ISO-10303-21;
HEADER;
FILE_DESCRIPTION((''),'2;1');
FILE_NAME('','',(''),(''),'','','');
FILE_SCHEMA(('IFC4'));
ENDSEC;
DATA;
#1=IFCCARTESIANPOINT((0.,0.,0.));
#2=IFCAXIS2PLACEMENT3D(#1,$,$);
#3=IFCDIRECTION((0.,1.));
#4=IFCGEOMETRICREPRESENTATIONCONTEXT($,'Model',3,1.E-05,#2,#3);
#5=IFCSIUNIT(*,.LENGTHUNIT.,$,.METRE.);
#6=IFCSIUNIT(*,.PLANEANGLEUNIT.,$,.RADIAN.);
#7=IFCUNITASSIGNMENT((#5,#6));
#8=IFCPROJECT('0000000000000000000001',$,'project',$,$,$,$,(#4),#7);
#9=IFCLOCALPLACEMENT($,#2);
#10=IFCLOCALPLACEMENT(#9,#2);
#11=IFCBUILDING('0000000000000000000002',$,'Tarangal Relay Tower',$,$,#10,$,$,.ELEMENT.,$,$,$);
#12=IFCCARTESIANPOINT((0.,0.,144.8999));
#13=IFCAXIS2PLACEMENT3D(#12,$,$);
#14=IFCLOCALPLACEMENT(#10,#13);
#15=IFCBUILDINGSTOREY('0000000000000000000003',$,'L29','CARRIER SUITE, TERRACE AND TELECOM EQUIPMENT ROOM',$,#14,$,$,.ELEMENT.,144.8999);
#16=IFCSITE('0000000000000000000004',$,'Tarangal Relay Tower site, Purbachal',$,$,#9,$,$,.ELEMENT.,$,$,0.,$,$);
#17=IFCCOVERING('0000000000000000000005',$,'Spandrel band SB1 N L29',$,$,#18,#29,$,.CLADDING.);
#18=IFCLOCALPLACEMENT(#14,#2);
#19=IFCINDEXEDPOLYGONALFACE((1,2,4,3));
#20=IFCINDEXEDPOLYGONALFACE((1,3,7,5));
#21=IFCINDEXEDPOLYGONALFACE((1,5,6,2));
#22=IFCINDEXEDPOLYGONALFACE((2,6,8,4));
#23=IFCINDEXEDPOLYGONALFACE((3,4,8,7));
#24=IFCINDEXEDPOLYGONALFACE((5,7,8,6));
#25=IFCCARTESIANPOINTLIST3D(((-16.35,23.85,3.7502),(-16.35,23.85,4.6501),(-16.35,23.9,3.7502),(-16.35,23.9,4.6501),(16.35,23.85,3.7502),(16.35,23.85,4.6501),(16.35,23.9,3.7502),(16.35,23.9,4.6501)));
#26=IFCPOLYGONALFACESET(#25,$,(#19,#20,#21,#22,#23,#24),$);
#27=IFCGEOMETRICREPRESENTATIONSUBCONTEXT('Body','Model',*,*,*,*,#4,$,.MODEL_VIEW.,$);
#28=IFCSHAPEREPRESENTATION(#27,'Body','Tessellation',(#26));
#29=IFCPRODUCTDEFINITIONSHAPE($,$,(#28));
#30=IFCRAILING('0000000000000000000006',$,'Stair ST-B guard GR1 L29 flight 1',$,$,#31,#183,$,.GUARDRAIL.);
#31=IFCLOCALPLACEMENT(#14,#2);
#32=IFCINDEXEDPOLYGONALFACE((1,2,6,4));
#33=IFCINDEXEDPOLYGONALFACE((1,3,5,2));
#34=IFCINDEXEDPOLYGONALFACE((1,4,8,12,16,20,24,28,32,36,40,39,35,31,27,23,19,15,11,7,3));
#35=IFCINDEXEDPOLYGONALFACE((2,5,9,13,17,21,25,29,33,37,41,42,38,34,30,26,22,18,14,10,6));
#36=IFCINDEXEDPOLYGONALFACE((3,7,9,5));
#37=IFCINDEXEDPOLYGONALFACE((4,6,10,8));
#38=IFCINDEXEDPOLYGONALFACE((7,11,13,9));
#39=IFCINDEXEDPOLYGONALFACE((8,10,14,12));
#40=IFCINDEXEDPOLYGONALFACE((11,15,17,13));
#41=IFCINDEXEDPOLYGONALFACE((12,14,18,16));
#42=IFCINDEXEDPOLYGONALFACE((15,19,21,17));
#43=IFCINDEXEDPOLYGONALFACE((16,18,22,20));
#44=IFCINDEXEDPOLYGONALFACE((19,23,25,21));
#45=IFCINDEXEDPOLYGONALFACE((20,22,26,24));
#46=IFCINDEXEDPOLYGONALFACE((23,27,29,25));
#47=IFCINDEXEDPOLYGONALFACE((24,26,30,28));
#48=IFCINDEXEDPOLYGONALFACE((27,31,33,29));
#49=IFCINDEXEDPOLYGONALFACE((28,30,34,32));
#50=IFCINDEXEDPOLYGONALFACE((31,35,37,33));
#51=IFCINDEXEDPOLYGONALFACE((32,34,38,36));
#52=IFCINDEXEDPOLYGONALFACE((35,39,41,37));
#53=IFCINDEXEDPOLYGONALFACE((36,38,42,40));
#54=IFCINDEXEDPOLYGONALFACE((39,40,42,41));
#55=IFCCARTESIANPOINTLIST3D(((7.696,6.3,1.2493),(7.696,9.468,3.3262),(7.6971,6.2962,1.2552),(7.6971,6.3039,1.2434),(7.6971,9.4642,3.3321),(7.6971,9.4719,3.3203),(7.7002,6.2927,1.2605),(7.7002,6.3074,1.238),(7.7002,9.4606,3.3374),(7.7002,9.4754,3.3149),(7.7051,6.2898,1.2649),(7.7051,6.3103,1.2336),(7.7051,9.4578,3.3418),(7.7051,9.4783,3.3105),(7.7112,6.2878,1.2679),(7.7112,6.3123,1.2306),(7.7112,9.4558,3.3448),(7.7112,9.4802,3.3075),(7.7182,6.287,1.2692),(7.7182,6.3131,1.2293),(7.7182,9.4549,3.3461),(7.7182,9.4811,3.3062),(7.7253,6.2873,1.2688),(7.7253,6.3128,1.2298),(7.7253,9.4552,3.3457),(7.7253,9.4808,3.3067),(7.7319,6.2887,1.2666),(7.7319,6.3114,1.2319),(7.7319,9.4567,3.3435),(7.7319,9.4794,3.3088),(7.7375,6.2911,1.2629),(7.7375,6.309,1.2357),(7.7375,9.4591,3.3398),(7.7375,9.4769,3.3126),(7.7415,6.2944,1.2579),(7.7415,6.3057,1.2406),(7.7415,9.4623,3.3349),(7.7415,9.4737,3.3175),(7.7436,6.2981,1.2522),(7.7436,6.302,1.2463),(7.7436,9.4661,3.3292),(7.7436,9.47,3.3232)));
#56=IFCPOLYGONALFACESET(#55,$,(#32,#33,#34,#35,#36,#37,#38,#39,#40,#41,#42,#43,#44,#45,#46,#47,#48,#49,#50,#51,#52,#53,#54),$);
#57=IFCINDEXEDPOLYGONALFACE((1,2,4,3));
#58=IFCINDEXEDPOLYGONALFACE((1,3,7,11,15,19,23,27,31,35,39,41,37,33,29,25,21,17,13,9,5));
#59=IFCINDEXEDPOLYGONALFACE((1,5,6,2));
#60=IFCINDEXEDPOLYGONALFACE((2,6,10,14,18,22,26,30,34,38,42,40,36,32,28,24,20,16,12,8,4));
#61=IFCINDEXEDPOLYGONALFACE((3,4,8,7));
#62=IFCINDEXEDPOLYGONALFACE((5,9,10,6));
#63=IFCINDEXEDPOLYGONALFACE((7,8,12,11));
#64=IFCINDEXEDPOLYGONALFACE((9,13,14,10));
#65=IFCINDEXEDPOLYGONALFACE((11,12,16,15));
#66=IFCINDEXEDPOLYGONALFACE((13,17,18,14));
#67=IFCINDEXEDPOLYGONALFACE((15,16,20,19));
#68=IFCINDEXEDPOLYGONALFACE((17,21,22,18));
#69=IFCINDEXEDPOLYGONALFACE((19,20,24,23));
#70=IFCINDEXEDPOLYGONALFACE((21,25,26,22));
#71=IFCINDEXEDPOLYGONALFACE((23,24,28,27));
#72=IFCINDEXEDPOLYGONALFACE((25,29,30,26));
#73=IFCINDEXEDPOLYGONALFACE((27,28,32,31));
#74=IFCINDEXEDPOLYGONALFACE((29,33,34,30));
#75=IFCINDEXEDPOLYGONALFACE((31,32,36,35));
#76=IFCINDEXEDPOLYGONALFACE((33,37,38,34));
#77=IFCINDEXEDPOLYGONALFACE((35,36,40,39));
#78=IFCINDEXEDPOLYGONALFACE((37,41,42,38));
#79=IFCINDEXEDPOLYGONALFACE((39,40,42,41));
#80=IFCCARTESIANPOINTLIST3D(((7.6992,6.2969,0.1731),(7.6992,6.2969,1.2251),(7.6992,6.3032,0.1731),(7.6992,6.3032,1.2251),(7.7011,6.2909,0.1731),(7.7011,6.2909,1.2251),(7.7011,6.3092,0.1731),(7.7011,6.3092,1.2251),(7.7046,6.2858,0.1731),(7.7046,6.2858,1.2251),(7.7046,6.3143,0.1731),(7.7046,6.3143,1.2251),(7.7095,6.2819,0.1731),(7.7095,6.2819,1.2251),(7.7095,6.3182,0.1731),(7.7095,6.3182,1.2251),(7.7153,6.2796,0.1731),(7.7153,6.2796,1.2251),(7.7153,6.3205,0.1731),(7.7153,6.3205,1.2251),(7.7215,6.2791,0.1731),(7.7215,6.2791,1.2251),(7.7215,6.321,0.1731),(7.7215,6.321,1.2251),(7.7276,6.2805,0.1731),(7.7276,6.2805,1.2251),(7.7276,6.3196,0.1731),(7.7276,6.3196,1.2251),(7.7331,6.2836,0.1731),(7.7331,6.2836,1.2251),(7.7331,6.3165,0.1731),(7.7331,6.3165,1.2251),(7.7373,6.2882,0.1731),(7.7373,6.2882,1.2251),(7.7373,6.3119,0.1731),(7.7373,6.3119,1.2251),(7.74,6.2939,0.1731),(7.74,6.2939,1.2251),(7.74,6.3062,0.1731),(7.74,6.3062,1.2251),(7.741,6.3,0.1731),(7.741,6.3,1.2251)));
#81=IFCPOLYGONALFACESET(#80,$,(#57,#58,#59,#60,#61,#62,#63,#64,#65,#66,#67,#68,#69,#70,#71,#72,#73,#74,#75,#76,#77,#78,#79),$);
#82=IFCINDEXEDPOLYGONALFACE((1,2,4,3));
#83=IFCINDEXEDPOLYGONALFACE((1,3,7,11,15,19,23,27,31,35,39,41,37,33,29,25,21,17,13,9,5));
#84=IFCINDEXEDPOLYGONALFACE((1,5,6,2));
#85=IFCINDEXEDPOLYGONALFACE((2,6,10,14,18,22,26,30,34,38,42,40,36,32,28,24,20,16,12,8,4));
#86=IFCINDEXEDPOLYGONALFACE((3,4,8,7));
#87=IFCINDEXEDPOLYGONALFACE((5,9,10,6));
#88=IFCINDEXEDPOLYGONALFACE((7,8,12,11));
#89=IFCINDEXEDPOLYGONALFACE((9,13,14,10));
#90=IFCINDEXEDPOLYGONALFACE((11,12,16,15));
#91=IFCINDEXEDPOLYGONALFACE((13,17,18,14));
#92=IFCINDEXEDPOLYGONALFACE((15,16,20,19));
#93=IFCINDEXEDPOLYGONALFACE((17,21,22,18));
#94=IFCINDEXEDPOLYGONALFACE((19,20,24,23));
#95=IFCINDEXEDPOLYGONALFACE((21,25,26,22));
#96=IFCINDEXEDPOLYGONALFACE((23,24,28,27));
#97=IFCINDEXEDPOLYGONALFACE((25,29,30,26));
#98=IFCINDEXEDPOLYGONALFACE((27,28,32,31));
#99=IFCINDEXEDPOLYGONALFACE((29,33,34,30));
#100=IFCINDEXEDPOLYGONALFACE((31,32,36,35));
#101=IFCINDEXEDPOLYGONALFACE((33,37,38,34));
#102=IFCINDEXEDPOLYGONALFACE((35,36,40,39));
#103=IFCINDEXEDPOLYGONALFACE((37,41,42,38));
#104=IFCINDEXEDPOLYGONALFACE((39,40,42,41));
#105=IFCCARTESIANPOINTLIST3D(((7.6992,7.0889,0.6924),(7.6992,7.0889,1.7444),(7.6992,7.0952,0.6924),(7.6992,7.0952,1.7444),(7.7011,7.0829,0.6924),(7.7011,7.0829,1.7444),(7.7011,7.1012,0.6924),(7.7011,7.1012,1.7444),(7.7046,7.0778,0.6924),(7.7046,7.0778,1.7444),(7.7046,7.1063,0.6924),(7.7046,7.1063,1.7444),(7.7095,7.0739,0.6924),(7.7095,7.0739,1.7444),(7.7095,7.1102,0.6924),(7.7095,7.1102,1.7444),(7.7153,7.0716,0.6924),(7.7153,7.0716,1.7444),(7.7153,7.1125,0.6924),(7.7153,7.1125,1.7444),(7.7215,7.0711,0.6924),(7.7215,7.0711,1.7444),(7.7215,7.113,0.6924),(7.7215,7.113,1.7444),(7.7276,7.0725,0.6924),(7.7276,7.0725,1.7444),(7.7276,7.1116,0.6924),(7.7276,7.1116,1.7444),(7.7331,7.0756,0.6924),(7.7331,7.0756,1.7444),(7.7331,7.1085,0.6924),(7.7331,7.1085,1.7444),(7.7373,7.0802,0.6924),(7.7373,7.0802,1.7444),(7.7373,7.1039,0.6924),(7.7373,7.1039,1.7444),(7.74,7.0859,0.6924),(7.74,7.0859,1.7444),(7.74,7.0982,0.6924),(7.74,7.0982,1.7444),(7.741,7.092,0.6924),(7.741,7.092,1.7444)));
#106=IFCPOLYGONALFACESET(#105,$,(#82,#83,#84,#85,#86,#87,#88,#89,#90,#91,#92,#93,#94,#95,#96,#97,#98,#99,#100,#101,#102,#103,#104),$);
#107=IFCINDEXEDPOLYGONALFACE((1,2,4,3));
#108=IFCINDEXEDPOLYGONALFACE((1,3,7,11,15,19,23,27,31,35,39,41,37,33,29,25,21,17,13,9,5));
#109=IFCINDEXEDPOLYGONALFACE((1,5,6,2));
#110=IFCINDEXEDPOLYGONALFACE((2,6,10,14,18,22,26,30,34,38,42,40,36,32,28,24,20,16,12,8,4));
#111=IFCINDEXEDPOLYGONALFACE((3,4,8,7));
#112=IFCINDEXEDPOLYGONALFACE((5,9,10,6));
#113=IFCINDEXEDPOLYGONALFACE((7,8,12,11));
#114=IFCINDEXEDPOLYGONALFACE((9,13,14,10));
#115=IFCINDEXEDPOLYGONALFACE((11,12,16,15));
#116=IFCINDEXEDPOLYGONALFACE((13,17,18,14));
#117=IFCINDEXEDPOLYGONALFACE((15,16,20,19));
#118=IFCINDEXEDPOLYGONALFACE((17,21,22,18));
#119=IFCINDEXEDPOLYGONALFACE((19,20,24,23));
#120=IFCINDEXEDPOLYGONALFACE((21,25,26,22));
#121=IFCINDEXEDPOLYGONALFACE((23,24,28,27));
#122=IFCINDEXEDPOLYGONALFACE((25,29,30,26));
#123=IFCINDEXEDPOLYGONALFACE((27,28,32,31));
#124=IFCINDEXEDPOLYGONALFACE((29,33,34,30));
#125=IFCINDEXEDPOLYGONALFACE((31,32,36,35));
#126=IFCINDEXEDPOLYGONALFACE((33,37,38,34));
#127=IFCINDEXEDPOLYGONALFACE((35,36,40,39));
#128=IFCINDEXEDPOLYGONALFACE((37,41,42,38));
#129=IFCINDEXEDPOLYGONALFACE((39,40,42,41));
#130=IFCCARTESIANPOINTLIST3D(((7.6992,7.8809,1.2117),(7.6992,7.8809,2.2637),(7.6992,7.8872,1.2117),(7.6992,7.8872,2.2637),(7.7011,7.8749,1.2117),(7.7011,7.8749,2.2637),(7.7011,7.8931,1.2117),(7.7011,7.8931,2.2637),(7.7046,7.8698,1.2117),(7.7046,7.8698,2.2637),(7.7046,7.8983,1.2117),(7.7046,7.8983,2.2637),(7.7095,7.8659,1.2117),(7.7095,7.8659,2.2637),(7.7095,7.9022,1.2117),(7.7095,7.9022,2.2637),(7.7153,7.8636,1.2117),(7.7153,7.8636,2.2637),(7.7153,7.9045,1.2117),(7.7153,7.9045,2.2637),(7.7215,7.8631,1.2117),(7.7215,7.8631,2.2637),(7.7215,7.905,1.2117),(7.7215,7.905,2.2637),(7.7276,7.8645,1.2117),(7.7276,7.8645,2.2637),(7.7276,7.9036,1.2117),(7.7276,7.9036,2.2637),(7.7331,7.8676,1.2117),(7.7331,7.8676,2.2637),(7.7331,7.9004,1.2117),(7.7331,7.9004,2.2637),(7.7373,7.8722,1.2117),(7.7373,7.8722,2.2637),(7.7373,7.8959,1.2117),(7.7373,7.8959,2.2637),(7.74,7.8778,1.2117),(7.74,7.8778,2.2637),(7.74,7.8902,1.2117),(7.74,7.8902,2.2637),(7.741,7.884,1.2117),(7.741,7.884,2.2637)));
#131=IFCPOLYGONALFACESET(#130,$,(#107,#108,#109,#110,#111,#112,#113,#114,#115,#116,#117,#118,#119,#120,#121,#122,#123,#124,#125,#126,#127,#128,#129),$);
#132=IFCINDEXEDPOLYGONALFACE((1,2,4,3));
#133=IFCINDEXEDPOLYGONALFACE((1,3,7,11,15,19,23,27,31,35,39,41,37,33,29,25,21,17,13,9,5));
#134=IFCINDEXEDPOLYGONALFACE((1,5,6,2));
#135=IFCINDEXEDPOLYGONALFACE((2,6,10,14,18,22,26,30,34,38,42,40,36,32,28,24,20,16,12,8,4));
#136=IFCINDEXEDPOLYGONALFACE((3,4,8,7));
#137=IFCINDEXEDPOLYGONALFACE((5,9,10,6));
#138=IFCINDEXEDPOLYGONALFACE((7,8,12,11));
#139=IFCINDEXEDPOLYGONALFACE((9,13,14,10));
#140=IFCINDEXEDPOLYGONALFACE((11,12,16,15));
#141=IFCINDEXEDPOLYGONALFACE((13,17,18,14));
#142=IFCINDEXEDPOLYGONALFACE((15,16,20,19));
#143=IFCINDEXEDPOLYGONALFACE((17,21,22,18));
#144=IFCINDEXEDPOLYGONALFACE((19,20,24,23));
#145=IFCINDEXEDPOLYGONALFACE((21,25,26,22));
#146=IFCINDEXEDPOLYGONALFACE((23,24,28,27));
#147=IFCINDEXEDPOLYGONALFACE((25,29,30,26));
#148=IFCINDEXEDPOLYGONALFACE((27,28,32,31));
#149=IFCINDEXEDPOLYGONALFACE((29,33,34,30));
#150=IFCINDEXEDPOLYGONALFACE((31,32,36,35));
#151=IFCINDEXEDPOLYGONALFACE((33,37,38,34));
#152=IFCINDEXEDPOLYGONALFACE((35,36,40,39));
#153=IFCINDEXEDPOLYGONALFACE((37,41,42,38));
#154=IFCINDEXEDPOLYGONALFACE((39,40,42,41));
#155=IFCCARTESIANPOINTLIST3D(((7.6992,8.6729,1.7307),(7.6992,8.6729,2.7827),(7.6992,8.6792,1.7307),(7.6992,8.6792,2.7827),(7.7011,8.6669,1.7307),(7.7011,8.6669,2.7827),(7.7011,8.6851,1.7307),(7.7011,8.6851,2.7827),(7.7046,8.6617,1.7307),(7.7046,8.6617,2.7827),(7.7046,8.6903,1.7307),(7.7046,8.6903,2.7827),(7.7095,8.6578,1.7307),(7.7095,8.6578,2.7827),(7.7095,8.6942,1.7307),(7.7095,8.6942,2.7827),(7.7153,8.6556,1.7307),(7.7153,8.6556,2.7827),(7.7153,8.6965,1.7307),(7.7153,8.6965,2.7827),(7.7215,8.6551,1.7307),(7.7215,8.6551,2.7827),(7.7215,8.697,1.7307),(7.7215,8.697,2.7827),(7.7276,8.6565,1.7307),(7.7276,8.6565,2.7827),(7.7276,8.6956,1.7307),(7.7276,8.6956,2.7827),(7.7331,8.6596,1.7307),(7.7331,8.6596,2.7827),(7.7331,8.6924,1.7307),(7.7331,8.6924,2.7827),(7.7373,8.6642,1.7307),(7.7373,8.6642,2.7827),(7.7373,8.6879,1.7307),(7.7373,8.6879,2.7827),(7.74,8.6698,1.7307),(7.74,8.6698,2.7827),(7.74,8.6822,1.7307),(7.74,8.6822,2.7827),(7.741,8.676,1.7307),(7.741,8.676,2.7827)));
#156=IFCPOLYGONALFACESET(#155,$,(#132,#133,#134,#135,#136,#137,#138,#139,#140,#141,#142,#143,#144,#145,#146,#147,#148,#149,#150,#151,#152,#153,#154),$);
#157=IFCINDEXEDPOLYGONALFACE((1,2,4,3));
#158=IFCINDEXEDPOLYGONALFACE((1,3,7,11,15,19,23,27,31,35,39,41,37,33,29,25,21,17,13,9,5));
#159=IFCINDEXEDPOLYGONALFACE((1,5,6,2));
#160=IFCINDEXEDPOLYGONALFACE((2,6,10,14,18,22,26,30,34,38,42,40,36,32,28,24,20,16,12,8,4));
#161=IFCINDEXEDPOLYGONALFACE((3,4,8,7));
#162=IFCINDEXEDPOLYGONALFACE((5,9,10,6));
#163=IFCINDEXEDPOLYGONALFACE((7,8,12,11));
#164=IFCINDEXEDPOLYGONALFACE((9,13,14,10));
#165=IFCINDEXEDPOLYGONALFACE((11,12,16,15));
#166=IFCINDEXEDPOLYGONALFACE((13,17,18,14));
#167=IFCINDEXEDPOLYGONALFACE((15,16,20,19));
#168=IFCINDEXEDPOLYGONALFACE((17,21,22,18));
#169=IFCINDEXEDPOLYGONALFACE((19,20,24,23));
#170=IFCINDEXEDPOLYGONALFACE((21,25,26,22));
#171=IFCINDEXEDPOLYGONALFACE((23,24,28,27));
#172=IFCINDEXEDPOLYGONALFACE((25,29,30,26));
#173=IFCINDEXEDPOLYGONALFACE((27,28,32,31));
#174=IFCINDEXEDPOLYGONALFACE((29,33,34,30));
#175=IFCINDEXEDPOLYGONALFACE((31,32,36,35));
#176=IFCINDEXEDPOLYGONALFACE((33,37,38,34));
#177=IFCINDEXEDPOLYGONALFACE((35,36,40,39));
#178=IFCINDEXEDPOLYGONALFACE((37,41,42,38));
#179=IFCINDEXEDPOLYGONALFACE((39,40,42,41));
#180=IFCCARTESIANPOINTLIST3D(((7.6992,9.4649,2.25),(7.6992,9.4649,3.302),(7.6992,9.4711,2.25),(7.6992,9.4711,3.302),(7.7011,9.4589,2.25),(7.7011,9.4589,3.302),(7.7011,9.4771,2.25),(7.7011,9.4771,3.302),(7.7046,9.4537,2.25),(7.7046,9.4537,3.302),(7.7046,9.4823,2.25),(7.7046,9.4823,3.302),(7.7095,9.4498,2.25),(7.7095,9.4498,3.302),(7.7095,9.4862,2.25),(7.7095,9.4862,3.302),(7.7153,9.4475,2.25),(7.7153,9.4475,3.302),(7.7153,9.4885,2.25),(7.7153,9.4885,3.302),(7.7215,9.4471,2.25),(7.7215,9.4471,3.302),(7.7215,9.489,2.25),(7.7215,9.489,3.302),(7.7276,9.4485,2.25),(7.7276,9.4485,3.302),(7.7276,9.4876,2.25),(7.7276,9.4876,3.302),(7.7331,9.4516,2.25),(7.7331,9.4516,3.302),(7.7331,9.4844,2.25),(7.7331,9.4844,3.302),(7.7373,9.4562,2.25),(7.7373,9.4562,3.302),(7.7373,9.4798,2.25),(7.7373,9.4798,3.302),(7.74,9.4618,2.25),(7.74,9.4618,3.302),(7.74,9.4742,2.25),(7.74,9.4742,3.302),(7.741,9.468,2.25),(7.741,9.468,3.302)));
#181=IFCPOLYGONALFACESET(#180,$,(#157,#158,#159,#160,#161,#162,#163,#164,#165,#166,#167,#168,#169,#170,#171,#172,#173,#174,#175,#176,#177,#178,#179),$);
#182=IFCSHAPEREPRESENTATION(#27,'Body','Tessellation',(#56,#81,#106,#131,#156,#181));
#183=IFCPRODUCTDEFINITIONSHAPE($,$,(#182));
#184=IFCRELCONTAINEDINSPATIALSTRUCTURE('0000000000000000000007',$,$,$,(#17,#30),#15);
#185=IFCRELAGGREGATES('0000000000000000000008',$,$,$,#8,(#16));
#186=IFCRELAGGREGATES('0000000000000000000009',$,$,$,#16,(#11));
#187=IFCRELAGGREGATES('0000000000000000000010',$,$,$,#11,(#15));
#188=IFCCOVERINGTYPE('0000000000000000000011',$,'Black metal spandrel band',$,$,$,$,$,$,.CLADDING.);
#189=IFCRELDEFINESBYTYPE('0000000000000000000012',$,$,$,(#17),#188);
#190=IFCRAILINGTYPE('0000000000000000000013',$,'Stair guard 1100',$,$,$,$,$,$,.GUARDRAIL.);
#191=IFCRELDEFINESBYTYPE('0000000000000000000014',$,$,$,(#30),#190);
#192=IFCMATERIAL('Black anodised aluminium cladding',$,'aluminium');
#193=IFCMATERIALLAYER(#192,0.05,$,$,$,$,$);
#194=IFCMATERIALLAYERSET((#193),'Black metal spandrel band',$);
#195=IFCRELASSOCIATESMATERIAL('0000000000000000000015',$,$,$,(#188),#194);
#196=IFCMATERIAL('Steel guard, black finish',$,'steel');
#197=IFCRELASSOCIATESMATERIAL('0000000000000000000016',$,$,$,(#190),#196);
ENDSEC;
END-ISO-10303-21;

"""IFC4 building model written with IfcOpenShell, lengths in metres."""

from ifc_helpers import new_model, si_unit, direction, frame, origin, origin_2d, place, context, subcontext, project, spatial, rectangle, circle, extrude, material, layer, layer_set, type_object, element, save


model = new_model("IFC4")

# Units and contexts
model_context = context("Model", 3, precision=1e-05, world=origin(), true_north=direction((0.0, 1.0)))
body_context = subcontext(model_context, "Body", "Model", "MODEL_VIEW")
ifc_project = project(units=[si_unit("LENGTHUNIT", "METRE"), si_unit("PLANEANGLEUNIT", "RADIAN")], contexts=[model_context])

# Site, building, storey
site_placement = place(None, origin())
site = spatial("IfcSite", under=ifc_project, at=site_placement, Name="Tarangal Relay Tower site, Purbachal", CompositionType="ELEMENT", RefElevation=0.0)
building_placement = place(site_placement, origin())
building = spatial("IfcBuilding", under=site, at=building_placement, Name="Tarangal Relay Tower", CompositionType="ELEMENT")
storey_placement = place(building_placement, frame((0.0, 0.0, 144.8999)))
storey = spatial("IfcBuildingStorey", under=building, at=storey_placement, Name="L29", Description="CARRIER SUITE, TERRACE AND TELECOM EQUIPMENT ROOM", CompositionType="ELEMENT", Elevation=144.8999)

# Covering
ifc_material_1 = material(Name="Black anodised aluminium cladding", Category="aluminium")
ifc_layer_1 = layer(ifc_material_1, 0.05)
ifc_layer_set_1 = layer_set([ifc_layer_1], Name="Black metal spandrel band")
covering_type = type_object("IfcCoveringType", Name="Black metal spandrel band", PredefinedType="CLADDING", material=ifc_layer_set_1)
covering_placement = place(storey_placement, frame((0.0, 23.875, 3.7502), z_axis=(0.0, 0.0, 1.0), x_axis=(1.0, 0.0, 0.0)))
element("IfcCovering", 1, at=covering_placement, inside=storey, type_object=covering_type, Name="Spandrel band SB1 N L29", PredefinedType="CLADDING", context=body_context, shape_type="SweptSolid", body=[
    extrude(rectangle(XDim=32.7, YDim=0.05, at=origin_2d()), origin(), (0.0, 0.0, 1.0), 0.8999),
])

# Railing
ifc_material_2 = material(Name="Steel guard, black finish", Category="steel")
railing_type_1 = type_object("IfcRailingType", Name="Stair guard 1100", PredefinedType="GUARDRAIL", material=ifc_material_2)
railing_1_placement = place(storey_placement, frame((7.72, 6.3, 0.1731)))
element("IfcRailing", 2, at=railing_1_placement, inside=storey, type_object=railing_type_1, Name="Stair ST-B guard GR1 L29 flight 1", PredefinedType="GUARDRAIL", context=body_context, shape_type="SweptSolid", body=[
    extrude(circle(Radius=0.0239, at=origin_2d()), frame((0.0, 0.0, 1.0762), z_axis=(0.0, 0.836299, 0.548273), x_axis=(-1.0, 0.0, 0.0)), (0.0, 0.0, 1.0), 3.7881),
    extrude(circle(Radius=0.021, at=origin_2d()), origin(), (0.0, 0.0, 1.0), 1.052),
    extrude(circle(Radius=0.021, at=origin_2d()), frame((0.0, 0.792, 0.5193)), (0.0, 0.0, 1.0), 1.052),
    extrude(circle(Radius=0.021, at=origin_2d()), frame((0.0, 1.584, 1.0386)), (0.0, 0.0, 1.0), 1.052),
    extrude(circle(Radius=0.021, at=origin_2d()), frame((0.0, 2.376, 1.5576)), (0.0, 0.0, 1.0), 1.052),
    extrude(circle(Radius=0.021, at=origin_2d()), frame((0.0, 3.168, 2.0769)), (0.0, 0.0, 1.0), 1.052),
])

save(model, "model.ifc")
